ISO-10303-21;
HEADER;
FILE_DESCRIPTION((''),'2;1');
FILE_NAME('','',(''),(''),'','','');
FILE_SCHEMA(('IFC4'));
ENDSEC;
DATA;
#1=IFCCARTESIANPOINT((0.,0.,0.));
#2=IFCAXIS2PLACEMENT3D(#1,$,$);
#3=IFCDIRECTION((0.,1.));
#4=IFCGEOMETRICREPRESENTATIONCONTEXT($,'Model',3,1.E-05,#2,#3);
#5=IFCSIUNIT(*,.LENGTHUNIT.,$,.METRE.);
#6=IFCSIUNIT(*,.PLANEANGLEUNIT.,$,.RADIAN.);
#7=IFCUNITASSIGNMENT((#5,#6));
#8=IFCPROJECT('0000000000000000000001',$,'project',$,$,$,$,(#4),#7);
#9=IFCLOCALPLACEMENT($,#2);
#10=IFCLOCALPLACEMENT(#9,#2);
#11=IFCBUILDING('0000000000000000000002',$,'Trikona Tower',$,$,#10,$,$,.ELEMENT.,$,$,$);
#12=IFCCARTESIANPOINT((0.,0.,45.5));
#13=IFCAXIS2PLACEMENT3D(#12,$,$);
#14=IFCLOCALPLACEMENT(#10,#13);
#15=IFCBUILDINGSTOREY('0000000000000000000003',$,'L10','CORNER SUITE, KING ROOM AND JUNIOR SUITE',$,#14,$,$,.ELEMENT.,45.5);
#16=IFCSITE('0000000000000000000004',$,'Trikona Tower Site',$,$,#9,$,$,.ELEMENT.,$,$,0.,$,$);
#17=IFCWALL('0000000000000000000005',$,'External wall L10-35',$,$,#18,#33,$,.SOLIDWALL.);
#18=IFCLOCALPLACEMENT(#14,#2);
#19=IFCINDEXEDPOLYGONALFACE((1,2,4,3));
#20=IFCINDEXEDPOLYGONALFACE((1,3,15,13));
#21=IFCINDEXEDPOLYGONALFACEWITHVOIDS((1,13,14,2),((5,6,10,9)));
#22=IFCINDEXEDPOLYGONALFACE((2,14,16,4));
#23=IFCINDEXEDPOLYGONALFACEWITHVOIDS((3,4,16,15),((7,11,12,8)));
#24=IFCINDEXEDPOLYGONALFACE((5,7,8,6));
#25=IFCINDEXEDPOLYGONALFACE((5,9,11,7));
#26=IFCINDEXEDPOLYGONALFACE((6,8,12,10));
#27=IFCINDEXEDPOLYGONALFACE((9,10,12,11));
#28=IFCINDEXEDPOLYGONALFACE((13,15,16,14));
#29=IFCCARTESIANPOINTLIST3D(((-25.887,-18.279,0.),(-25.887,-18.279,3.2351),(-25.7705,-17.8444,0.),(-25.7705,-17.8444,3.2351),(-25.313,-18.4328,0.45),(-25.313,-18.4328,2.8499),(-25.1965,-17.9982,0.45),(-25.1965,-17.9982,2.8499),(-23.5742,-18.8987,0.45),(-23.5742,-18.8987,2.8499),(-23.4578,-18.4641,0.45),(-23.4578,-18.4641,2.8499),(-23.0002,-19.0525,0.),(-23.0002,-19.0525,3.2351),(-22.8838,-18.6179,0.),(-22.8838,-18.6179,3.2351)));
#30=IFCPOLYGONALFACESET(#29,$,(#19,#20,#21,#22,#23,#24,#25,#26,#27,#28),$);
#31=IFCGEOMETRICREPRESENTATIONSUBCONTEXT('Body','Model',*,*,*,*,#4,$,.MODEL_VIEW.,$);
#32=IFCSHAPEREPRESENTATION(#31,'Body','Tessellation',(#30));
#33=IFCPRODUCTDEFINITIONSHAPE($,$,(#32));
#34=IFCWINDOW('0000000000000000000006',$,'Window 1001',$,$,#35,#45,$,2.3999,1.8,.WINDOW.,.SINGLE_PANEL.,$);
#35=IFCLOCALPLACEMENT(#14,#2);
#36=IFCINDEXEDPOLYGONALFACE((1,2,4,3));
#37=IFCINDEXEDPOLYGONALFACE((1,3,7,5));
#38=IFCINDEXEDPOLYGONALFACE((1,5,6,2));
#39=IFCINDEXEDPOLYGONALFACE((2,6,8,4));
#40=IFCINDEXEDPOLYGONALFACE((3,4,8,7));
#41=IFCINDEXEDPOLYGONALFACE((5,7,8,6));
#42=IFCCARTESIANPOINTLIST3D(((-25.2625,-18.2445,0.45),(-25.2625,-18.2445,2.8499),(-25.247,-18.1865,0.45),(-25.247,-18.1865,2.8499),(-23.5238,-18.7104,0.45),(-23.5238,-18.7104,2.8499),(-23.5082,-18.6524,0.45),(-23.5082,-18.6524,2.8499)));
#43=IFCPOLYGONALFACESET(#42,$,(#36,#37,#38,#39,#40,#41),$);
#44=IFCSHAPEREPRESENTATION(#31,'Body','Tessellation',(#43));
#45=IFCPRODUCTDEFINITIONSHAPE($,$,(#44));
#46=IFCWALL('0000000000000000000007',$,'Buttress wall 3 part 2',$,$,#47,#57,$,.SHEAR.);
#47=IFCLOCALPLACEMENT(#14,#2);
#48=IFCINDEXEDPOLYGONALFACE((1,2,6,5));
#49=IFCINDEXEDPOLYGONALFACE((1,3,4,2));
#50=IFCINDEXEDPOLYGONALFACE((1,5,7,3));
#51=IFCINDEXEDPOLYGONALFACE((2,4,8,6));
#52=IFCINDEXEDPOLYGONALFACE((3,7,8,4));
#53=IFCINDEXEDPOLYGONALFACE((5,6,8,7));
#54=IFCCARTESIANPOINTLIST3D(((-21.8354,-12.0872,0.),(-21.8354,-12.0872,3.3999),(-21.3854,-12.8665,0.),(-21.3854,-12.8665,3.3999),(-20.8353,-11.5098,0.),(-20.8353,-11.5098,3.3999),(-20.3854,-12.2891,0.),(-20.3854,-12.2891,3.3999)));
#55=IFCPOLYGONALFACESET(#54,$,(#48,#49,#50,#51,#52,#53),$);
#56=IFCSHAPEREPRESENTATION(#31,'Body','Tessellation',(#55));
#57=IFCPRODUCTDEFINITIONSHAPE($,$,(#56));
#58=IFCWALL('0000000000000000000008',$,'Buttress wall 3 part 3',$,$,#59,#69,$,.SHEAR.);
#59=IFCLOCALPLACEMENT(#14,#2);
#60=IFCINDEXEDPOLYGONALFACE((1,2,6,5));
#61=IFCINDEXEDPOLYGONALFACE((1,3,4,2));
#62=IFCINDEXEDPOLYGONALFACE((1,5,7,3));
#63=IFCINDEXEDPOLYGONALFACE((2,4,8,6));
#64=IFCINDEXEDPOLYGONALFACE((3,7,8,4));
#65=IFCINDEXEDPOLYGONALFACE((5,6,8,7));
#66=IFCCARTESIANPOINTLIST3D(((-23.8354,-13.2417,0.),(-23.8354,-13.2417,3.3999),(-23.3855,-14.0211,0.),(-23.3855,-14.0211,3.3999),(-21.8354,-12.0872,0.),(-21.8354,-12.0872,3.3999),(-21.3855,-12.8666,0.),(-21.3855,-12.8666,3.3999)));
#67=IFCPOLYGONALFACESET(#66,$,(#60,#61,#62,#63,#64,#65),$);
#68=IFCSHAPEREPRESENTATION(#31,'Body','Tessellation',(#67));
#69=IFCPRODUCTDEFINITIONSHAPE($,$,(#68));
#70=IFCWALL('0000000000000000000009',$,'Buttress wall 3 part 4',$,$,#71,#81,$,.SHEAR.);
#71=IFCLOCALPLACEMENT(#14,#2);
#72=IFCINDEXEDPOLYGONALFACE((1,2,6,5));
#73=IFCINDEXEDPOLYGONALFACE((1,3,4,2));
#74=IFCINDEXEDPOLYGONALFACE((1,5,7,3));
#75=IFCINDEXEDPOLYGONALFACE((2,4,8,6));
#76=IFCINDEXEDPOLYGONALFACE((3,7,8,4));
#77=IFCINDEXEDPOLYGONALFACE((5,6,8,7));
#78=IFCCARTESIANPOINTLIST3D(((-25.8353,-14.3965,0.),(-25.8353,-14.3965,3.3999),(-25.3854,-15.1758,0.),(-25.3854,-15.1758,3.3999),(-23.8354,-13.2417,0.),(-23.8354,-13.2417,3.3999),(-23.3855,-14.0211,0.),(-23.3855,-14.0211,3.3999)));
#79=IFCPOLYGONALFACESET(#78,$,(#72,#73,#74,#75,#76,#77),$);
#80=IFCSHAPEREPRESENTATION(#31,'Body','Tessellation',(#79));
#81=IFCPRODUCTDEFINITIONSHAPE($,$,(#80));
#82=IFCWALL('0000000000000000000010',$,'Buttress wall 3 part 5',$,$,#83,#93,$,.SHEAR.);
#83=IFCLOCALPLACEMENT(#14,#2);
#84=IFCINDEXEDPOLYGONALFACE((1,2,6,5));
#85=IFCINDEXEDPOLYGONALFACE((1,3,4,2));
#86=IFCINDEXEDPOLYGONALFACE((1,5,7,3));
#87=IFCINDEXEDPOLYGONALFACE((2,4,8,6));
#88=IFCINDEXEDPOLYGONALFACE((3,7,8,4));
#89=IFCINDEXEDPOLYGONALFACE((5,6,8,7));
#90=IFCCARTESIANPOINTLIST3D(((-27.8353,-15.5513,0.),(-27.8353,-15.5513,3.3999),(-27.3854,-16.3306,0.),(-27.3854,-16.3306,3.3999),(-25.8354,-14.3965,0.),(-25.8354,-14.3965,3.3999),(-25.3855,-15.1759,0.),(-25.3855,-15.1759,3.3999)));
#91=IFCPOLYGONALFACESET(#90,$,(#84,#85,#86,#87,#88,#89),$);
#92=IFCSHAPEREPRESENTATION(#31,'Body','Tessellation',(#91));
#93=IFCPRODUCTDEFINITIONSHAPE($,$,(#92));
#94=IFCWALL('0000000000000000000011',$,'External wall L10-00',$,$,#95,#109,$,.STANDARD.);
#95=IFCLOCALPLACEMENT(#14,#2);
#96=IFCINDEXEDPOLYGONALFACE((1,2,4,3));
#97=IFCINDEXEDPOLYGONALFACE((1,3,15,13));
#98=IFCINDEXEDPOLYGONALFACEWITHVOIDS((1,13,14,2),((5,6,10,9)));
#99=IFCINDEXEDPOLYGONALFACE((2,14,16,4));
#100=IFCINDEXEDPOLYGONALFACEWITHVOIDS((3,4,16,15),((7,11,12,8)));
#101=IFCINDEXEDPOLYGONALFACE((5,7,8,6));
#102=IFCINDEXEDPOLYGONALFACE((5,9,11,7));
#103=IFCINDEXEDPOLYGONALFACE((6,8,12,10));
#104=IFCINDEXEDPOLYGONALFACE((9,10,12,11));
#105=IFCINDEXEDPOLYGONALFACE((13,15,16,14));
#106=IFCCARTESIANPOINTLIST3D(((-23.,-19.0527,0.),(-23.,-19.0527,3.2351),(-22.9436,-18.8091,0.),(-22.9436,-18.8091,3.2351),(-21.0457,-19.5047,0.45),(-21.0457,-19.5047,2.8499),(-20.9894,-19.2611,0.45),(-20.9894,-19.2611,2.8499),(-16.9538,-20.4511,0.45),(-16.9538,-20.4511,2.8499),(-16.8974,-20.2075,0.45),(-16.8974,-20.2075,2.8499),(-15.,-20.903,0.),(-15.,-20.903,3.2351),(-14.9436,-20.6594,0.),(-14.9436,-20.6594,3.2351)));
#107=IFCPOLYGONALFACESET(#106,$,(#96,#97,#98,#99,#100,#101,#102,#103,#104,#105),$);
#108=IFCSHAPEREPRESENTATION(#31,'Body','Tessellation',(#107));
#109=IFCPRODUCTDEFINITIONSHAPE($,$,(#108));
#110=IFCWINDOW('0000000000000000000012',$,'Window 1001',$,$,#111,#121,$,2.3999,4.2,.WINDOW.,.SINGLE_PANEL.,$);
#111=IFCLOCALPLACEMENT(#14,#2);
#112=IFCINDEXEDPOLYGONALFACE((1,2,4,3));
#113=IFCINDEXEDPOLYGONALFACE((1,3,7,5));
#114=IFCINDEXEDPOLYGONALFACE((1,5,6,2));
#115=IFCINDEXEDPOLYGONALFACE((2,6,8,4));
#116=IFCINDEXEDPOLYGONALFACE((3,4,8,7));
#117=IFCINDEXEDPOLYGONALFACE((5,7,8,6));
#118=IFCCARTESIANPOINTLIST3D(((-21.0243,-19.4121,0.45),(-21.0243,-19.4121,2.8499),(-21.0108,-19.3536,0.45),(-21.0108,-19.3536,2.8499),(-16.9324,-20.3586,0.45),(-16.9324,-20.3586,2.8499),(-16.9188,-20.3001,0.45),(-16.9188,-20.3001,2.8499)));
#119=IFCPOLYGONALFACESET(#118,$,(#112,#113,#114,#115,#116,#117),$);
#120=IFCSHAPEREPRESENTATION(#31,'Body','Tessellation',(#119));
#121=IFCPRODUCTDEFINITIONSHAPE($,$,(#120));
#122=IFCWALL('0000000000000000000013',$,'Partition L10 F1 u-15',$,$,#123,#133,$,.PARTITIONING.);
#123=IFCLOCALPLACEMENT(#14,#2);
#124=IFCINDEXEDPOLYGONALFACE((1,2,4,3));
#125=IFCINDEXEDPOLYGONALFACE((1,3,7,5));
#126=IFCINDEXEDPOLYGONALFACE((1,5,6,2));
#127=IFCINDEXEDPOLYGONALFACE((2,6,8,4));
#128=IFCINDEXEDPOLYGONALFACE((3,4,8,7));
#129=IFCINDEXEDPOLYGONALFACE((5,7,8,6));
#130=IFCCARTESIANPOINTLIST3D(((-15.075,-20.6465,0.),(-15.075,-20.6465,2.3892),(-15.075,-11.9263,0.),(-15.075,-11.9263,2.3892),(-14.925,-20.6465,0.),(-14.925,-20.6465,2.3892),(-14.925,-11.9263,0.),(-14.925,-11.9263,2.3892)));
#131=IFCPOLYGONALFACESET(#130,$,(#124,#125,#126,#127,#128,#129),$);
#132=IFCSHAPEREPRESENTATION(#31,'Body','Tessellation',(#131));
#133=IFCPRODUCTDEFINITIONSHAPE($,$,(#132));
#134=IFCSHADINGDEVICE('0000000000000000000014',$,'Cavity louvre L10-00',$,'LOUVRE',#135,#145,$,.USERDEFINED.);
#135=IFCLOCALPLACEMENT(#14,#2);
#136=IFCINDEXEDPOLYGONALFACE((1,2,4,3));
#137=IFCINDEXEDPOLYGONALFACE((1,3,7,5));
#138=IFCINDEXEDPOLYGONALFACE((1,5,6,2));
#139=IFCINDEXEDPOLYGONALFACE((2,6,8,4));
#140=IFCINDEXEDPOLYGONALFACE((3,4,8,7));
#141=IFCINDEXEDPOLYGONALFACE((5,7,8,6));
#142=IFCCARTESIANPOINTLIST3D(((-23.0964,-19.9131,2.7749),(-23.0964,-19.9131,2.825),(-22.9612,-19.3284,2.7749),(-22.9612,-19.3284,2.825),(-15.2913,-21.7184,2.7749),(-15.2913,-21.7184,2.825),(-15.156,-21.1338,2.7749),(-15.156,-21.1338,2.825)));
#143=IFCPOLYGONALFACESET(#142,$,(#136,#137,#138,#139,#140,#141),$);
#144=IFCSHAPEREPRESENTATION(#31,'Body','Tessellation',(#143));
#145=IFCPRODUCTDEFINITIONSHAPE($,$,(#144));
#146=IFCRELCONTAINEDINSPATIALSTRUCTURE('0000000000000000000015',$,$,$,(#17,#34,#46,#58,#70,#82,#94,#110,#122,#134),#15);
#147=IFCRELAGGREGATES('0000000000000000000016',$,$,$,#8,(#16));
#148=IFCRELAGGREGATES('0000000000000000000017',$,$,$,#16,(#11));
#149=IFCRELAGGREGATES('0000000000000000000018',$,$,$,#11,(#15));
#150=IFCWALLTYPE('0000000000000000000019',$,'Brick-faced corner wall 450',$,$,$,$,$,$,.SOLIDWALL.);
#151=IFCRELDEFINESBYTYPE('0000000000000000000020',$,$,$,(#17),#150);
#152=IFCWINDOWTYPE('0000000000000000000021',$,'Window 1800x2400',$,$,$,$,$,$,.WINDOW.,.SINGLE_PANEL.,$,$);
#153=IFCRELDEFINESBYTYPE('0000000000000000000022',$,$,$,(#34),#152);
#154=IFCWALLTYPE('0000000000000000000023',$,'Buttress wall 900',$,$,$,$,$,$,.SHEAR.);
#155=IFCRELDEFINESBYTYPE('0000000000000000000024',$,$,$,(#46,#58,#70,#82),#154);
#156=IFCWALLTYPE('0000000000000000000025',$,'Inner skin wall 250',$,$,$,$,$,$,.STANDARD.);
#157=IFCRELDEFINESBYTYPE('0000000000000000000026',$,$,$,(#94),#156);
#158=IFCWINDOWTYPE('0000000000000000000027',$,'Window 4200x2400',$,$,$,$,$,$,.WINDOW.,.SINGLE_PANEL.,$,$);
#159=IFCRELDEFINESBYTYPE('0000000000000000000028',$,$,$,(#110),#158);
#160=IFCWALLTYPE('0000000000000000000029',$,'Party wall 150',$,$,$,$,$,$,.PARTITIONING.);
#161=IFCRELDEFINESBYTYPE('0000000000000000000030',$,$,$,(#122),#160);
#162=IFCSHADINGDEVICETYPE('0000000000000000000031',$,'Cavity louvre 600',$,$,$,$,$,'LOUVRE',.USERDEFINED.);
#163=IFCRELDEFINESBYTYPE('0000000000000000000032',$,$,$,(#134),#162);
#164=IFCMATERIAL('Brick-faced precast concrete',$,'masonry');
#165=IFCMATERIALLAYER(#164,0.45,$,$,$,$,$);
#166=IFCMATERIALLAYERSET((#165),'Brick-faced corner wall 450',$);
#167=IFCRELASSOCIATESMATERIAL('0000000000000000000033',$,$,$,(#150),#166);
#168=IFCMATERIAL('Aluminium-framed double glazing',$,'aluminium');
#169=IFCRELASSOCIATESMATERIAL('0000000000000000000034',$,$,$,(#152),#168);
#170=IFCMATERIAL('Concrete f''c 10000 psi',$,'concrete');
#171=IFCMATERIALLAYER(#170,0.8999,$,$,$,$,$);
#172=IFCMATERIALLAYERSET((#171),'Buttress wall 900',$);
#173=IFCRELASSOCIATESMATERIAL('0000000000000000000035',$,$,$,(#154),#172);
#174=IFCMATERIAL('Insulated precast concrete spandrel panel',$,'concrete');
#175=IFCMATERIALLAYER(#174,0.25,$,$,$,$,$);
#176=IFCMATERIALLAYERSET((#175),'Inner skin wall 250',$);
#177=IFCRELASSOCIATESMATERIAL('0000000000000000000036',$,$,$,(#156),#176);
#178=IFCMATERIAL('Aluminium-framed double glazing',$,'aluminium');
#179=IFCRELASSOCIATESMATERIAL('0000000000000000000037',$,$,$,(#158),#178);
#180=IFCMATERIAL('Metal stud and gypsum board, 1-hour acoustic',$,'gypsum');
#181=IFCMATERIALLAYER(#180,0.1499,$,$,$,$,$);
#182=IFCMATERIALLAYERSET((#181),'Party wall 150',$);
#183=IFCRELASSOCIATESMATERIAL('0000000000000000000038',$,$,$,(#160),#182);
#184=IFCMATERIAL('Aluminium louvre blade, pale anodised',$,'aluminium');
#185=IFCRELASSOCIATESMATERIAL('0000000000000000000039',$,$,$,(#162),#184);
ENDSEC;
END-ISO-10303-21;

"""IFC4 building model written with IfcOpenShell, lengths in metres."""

from ifc_helpers import new_model, si_unit, direction, frame, frame_2d, origin, origin_2d, place, context, subcontext, project, spatial, rectangle, extrude, material, layer, layer_set, type_object, element, fill, save


model = new_model("IFC4")

# Units and contexts
model_context = context("Model", 3, precision=1e-05, world=origin(), true_north=direction((0.0, 1.0)))
body_context = subcontext(model_context, "Body", "Model", "MODEL_VIEW")
ifc_project = project(units=[si_unit("LENGTHUNIT", "METRE"), si_unit("PLANEANGLEUNIT", "RADIAN")], contexts=[model_context])

# Site, building, storey
site_placement = place(None, origin())
site = spatial("IfcSite", under=ifc_project, at=site_placement, Name="Trikona Tower Site", CompositionType="ELEMENT", RefElevation=0.0)
building_placement = place(site_placement, origin())
building = spatial("IfcBuilding", under=site, at=building_placement, Name="Trikona Tower", CompositionType="ELEMENT")
storey_placement = place(building_placement, frame((0.0, 0.0, 45.5)))
storey = spatial("IfcBuildingStorey", under=building, at=storey_placement, Name="L10", Description="CORNER SUITE, KING ROOM AND JUNIOR SUITE", CompositionType="ELEMENT", Elevation=45.5)

# Wall, opening, window
ifc_material_1 = material(Name="Brick-faced precast concrete", Category="masonry")
ifc_layer_1 = layer(ifc_material_1, 0.45)
ifc_layer_set_1 = layer_set([ifc_layer_1], Name="Brick-faced corner wall 450")
wall_type_1 = type_object("IfcWallType", Name="Brick-faced corner wall 450", PredefinedType="SOLIDWALL", material=ifc_layer_set_1)
wall_1_placement = place(storey_placement, frame((-25.8286, -18.0618, 0.0), z_axis=(0.0, 0.0, 1.0), x_axis=(0.965931, -0.258801, 0.0)))
wall_1 = element("IfcWall", 1, at=wall_1_placement, inside=storey, type_object=wall_type_1, Name="External wall L10-35", PredefinedType="SOLIDWALL", context=body_context, shape_type="SweptSolid", body=[
    extrude(rectangle(XDim=2.9885, YDim=0.45, at=frame_2d((1.4941, 0.0))), origin(), (0.0, 0.0, 1.0), 3.2351),
])
opening_1_placement = place(wall_1_placement, frame((0.5942, 0.0, 0.45)))
opening_1 = element("IfcOpeningElement", 2, at=opening_1_placement, cuts=wall_1, PredefinedType="OPENING", context=body_context, shape_type="SweptSolid", body=[
    extrude(rectangle(XDim=1.8, YDim=2.3999, at=frame_2d((0.8999, 1.2))), frame((0.0, 0.2349, 0.0), z_axis=(0.0, -1.0, 0.0), x_axis=(1.0, 0.0, 0.0)), (0.0, 0.0, 1.0), 0.47),
])
ifc_material_2 = material(Name="Aluminium-framed double glazing", Category="aluminium")
window_type_1 = type_object("IfcWindowType", Name="Window 1800x2400", PartitioningType="SINGLE_PANEL", PredefinedType="WINDOW", material=ifc_material_2)
window_1_placement = place(opening_1_placement, origin())
window_1 = element("IfcWindow", 3, at=window_1_placement, inside=storey, type_object=window_type_1, Name="Window 1001", OverallHeight=2.3999, OverallWidth=1.8, PartitioningType="SINGLE_PANEL", PredefinedType="WINDOW", context=body_context, shape_type="SweptSolid", body=[
    extrude(rectangle(XDim=1.8, YDim=2.3999, at=frame_2d((0.8999, 1.2))), frame((0.0, 0.03, 0.0), z_axis=(0.0, -1.0, 0.0), x_axis=(1.0, 0.0, 0.0)), (0.0, 0.0, 1.0), 0.0601),
])
fill(opening_1, window_1)

# Walls
ifc_material_3 = material(Name="Concrete f'c 10000 psi", Category="concrete")
ifc_layer_2 = layer(ifc_material_3, 0.8999)
ifc_layer_set_2 = layer_set([ifc_layer_2], Name="Buttress wall 900")
wall_type_2 = type_object("IfcWallType", Name="Buttress wall 900", PredefinedType="SHEAR", material=ifc_layer_set_2)
wall_2_placement = place(storey_placement, frame((-20.6104, -11.8994, 0.0), z_axis=(0.0, 0.0, 1.0), x_axis=(-0.86601, -0.500027, 0.0)))
element("IfcWall", 4, at=wall_2_placement, inside=storey, type_object=wall_type_2, Name="Buttress wall 3 part 2", PredefinedType="SHEAR", context=body_context, shape_type="SweptSolid", body=[
    extrude(rectangle(XDim=1.1548, YDim=0.8999, at=frame_2d((0.5774, 0.0))), origin(), (0.0, 0.0, 1.0), 3.3999),
])
for number, where, z_axis, x_axis, name in (
    (5, (-21.6104, -12.4768, 0.0), (0.0, 0.0, 1.0), (-0.866055, -0.499948, 0.0), "Buttress wall 3 part 3"),
    (6, (-23.6104, -13.6313, 0.0), (0.0, 0.0, 1.0), (-0.86601, -0.500027, 0.0), "Buttress wall 3 part 4"),
    (7, (-25.6104, -14.7861, 0.0), (0.0, 0.0, 1.0), (-0.86601, -0.500027, 0.0), "Buttress wall 3 part 5"),
):
    element("IfcWall", number, at=place(storey_placement, frame(where, z_axis=z_axis, x_axis=x_axis)), inside=storey, type_object=wall_type_2, Name=name, PredefinedType="SHEAR", context=body_context, shape_type="SweptSolid", body=[
        extrude(rectangle(XDim=2.3093, YDim=0.8999, at=frame_2d((1.1548, 0.0))), origin(), (0.0, 0.0, 1.0), 3.3999),
    ])

# Wall, opening, window
ifc_material_4 = material(Name="Insulated precast concrete spandrel panel", Category="concrete")
ifc_layer_3 = layer(ifc_material_4, 0.25)
ifc_layer_set_3 = layer_set([ifc_layer_3], Name="Inner skin wall 250")
wall_type_3 = type_object("IfcWallType", Name="Inner skin wall 250", PredefinedType="STANDARD", material=ifc_layer_set_3)
wall_3_placement = place(storey_placement, frame((-22.9717, -18.9309, 0.0), z_axis=(0.0, 0.0, 1.0), x_axis=(0.974279, -0.225344, 0.0)))
wall_3 = element("IfcWall", 8, at=wall_3_placement, inside=storey, type_object=wall_type_3, Name="External wall L10-00", PredefinedType="STANDARD", context=body_context, shape_type="SweptSolid", body=[
    extrude(rectangle(XDim=8.2112, YDim=0.25, at=frame_2d((4.1055, 0.0))), origin(), (0.0, 0.0, 1.0), 3.2351),
])
opening_2_placement = place(wall_3_placement, frame((2.0056, 0.0, 0.45)))
opening_2 = element("IfcOpeningElement", 9, at=opening_2_placement, cuts=wall_3, PredefinedType="OPENING", context=body_context, shape_type="SweptSolid", body=[
    extrude(rectangle(XDim=4.2, YDim=2.3999, at=frame_2d((2.1001, 1.2))), frame((0.0, 0.135, 0.0), z_axis=(0.0, -1.0, 0.0), x_axis=(1.0, 0.0, 0.0)), (0.0, 0.0, 1.0), 0.27),
])
ifc_material_5 = material(Name="Aluminium-framed double glazing", Category="aluminium")
window_type_2 = type_object("IfcWindowType", Name="Window 4200x2400", PartitioningType="SINGLE_PANEL", PredefinedType="WINDOW", material=ifc_material_5)
window_2_placement = place(opening_2_placement, origin())
window_2 = element("IfcWindow", 10, at=window_2_placement, inside=storey, type_object=window_type_2, Name="Window 1001", OverallHeight=2.3999, OverallWidth=4.2, PartitioningType="SINGLE_PANEL", PredefinedType="WINDOW", context=body_context, shape_type="SweptSolid", body=[
    extrude(rectangle(XDim=4.2, YDim=2.3999, at=frame_2d((2.1001, 1.2))), frame((0.0, 0.03, 0.0), z_axis=(0.0, -1.0, 0.0), x_axis=(1.0, 0.0, 0.0)), (0.0, 0.0, 1.0), 0.0601),
])
fill(opening_2, window_2)

# Wall
ifc_material_6 = material(Name="Metal stud and gypsum board, 1-hour acoustic", Category="gypsum")
ifc_layer_4 = layer(ifc_material_6, 0.1499)
ifc_layer_set_4 = layer_set([ifc_layer_4], Name="Party wall 150")
wall_type_4 = type_object("IfcWallType", Name="Party wall 150", PredefinedType="PARTITIONING", material=ifc_layer_set_4)
wall_4_placement = place(storey_placement, frame((-15.0, -11.9263, 0.0), z_axis=(0.0, 0.0, 1.0), x_axis=(0.0, -1.0, 0.0)))
element("IfcWall", 11, at=wall_4_placement, inside=storey, type_object=wall_type_4, Name="Partition L10 F1 u-15", PredefinedType="PARTITIONING", context=body_context, shape_type="SweptSolid", body=[
    extrude(rectangle(XDim=8.7202, YDim=0.1499, at=frame_2d((4.3601, 0.0))), origin(), (0.0, 0.0, 1.0), 2.3892),
])

# Shading device
ifc_material_7 = material(Name="Aluminium louvre blade, pale anodised", Category="aluminium")
shading_device_type = type_object("IfcShadingDeviceType", Name="Cavity louvre 600", ElementType="LOUVRE", PredefinedType="USERDEFINED", material=ifc_material_7)
shading_device_placement = place(storey_placement, frame((-19.1262, -20.5234, 2.7749), z_axis=(0.0, 0.0, 1.0), x_axis=(0.974278, -0.225351, 0.0)))
element("IfcShadingDevice", 12, at=shading_device_placement, inside=storey, type_object=shading_device_type, Name="Cavity louvre L10-00", ObjectType="LOUVRE", PredefinedType="USERDEFINED", context=body_context, shape_type="SweptSolid", body=[
    extrude(rectangle(XDim=8.0112, YDim=0.6001, at=origin_2d()), origin(), (0.0, 0.0, 1.0), 0.05),
])

save(model, "model.ifc")
